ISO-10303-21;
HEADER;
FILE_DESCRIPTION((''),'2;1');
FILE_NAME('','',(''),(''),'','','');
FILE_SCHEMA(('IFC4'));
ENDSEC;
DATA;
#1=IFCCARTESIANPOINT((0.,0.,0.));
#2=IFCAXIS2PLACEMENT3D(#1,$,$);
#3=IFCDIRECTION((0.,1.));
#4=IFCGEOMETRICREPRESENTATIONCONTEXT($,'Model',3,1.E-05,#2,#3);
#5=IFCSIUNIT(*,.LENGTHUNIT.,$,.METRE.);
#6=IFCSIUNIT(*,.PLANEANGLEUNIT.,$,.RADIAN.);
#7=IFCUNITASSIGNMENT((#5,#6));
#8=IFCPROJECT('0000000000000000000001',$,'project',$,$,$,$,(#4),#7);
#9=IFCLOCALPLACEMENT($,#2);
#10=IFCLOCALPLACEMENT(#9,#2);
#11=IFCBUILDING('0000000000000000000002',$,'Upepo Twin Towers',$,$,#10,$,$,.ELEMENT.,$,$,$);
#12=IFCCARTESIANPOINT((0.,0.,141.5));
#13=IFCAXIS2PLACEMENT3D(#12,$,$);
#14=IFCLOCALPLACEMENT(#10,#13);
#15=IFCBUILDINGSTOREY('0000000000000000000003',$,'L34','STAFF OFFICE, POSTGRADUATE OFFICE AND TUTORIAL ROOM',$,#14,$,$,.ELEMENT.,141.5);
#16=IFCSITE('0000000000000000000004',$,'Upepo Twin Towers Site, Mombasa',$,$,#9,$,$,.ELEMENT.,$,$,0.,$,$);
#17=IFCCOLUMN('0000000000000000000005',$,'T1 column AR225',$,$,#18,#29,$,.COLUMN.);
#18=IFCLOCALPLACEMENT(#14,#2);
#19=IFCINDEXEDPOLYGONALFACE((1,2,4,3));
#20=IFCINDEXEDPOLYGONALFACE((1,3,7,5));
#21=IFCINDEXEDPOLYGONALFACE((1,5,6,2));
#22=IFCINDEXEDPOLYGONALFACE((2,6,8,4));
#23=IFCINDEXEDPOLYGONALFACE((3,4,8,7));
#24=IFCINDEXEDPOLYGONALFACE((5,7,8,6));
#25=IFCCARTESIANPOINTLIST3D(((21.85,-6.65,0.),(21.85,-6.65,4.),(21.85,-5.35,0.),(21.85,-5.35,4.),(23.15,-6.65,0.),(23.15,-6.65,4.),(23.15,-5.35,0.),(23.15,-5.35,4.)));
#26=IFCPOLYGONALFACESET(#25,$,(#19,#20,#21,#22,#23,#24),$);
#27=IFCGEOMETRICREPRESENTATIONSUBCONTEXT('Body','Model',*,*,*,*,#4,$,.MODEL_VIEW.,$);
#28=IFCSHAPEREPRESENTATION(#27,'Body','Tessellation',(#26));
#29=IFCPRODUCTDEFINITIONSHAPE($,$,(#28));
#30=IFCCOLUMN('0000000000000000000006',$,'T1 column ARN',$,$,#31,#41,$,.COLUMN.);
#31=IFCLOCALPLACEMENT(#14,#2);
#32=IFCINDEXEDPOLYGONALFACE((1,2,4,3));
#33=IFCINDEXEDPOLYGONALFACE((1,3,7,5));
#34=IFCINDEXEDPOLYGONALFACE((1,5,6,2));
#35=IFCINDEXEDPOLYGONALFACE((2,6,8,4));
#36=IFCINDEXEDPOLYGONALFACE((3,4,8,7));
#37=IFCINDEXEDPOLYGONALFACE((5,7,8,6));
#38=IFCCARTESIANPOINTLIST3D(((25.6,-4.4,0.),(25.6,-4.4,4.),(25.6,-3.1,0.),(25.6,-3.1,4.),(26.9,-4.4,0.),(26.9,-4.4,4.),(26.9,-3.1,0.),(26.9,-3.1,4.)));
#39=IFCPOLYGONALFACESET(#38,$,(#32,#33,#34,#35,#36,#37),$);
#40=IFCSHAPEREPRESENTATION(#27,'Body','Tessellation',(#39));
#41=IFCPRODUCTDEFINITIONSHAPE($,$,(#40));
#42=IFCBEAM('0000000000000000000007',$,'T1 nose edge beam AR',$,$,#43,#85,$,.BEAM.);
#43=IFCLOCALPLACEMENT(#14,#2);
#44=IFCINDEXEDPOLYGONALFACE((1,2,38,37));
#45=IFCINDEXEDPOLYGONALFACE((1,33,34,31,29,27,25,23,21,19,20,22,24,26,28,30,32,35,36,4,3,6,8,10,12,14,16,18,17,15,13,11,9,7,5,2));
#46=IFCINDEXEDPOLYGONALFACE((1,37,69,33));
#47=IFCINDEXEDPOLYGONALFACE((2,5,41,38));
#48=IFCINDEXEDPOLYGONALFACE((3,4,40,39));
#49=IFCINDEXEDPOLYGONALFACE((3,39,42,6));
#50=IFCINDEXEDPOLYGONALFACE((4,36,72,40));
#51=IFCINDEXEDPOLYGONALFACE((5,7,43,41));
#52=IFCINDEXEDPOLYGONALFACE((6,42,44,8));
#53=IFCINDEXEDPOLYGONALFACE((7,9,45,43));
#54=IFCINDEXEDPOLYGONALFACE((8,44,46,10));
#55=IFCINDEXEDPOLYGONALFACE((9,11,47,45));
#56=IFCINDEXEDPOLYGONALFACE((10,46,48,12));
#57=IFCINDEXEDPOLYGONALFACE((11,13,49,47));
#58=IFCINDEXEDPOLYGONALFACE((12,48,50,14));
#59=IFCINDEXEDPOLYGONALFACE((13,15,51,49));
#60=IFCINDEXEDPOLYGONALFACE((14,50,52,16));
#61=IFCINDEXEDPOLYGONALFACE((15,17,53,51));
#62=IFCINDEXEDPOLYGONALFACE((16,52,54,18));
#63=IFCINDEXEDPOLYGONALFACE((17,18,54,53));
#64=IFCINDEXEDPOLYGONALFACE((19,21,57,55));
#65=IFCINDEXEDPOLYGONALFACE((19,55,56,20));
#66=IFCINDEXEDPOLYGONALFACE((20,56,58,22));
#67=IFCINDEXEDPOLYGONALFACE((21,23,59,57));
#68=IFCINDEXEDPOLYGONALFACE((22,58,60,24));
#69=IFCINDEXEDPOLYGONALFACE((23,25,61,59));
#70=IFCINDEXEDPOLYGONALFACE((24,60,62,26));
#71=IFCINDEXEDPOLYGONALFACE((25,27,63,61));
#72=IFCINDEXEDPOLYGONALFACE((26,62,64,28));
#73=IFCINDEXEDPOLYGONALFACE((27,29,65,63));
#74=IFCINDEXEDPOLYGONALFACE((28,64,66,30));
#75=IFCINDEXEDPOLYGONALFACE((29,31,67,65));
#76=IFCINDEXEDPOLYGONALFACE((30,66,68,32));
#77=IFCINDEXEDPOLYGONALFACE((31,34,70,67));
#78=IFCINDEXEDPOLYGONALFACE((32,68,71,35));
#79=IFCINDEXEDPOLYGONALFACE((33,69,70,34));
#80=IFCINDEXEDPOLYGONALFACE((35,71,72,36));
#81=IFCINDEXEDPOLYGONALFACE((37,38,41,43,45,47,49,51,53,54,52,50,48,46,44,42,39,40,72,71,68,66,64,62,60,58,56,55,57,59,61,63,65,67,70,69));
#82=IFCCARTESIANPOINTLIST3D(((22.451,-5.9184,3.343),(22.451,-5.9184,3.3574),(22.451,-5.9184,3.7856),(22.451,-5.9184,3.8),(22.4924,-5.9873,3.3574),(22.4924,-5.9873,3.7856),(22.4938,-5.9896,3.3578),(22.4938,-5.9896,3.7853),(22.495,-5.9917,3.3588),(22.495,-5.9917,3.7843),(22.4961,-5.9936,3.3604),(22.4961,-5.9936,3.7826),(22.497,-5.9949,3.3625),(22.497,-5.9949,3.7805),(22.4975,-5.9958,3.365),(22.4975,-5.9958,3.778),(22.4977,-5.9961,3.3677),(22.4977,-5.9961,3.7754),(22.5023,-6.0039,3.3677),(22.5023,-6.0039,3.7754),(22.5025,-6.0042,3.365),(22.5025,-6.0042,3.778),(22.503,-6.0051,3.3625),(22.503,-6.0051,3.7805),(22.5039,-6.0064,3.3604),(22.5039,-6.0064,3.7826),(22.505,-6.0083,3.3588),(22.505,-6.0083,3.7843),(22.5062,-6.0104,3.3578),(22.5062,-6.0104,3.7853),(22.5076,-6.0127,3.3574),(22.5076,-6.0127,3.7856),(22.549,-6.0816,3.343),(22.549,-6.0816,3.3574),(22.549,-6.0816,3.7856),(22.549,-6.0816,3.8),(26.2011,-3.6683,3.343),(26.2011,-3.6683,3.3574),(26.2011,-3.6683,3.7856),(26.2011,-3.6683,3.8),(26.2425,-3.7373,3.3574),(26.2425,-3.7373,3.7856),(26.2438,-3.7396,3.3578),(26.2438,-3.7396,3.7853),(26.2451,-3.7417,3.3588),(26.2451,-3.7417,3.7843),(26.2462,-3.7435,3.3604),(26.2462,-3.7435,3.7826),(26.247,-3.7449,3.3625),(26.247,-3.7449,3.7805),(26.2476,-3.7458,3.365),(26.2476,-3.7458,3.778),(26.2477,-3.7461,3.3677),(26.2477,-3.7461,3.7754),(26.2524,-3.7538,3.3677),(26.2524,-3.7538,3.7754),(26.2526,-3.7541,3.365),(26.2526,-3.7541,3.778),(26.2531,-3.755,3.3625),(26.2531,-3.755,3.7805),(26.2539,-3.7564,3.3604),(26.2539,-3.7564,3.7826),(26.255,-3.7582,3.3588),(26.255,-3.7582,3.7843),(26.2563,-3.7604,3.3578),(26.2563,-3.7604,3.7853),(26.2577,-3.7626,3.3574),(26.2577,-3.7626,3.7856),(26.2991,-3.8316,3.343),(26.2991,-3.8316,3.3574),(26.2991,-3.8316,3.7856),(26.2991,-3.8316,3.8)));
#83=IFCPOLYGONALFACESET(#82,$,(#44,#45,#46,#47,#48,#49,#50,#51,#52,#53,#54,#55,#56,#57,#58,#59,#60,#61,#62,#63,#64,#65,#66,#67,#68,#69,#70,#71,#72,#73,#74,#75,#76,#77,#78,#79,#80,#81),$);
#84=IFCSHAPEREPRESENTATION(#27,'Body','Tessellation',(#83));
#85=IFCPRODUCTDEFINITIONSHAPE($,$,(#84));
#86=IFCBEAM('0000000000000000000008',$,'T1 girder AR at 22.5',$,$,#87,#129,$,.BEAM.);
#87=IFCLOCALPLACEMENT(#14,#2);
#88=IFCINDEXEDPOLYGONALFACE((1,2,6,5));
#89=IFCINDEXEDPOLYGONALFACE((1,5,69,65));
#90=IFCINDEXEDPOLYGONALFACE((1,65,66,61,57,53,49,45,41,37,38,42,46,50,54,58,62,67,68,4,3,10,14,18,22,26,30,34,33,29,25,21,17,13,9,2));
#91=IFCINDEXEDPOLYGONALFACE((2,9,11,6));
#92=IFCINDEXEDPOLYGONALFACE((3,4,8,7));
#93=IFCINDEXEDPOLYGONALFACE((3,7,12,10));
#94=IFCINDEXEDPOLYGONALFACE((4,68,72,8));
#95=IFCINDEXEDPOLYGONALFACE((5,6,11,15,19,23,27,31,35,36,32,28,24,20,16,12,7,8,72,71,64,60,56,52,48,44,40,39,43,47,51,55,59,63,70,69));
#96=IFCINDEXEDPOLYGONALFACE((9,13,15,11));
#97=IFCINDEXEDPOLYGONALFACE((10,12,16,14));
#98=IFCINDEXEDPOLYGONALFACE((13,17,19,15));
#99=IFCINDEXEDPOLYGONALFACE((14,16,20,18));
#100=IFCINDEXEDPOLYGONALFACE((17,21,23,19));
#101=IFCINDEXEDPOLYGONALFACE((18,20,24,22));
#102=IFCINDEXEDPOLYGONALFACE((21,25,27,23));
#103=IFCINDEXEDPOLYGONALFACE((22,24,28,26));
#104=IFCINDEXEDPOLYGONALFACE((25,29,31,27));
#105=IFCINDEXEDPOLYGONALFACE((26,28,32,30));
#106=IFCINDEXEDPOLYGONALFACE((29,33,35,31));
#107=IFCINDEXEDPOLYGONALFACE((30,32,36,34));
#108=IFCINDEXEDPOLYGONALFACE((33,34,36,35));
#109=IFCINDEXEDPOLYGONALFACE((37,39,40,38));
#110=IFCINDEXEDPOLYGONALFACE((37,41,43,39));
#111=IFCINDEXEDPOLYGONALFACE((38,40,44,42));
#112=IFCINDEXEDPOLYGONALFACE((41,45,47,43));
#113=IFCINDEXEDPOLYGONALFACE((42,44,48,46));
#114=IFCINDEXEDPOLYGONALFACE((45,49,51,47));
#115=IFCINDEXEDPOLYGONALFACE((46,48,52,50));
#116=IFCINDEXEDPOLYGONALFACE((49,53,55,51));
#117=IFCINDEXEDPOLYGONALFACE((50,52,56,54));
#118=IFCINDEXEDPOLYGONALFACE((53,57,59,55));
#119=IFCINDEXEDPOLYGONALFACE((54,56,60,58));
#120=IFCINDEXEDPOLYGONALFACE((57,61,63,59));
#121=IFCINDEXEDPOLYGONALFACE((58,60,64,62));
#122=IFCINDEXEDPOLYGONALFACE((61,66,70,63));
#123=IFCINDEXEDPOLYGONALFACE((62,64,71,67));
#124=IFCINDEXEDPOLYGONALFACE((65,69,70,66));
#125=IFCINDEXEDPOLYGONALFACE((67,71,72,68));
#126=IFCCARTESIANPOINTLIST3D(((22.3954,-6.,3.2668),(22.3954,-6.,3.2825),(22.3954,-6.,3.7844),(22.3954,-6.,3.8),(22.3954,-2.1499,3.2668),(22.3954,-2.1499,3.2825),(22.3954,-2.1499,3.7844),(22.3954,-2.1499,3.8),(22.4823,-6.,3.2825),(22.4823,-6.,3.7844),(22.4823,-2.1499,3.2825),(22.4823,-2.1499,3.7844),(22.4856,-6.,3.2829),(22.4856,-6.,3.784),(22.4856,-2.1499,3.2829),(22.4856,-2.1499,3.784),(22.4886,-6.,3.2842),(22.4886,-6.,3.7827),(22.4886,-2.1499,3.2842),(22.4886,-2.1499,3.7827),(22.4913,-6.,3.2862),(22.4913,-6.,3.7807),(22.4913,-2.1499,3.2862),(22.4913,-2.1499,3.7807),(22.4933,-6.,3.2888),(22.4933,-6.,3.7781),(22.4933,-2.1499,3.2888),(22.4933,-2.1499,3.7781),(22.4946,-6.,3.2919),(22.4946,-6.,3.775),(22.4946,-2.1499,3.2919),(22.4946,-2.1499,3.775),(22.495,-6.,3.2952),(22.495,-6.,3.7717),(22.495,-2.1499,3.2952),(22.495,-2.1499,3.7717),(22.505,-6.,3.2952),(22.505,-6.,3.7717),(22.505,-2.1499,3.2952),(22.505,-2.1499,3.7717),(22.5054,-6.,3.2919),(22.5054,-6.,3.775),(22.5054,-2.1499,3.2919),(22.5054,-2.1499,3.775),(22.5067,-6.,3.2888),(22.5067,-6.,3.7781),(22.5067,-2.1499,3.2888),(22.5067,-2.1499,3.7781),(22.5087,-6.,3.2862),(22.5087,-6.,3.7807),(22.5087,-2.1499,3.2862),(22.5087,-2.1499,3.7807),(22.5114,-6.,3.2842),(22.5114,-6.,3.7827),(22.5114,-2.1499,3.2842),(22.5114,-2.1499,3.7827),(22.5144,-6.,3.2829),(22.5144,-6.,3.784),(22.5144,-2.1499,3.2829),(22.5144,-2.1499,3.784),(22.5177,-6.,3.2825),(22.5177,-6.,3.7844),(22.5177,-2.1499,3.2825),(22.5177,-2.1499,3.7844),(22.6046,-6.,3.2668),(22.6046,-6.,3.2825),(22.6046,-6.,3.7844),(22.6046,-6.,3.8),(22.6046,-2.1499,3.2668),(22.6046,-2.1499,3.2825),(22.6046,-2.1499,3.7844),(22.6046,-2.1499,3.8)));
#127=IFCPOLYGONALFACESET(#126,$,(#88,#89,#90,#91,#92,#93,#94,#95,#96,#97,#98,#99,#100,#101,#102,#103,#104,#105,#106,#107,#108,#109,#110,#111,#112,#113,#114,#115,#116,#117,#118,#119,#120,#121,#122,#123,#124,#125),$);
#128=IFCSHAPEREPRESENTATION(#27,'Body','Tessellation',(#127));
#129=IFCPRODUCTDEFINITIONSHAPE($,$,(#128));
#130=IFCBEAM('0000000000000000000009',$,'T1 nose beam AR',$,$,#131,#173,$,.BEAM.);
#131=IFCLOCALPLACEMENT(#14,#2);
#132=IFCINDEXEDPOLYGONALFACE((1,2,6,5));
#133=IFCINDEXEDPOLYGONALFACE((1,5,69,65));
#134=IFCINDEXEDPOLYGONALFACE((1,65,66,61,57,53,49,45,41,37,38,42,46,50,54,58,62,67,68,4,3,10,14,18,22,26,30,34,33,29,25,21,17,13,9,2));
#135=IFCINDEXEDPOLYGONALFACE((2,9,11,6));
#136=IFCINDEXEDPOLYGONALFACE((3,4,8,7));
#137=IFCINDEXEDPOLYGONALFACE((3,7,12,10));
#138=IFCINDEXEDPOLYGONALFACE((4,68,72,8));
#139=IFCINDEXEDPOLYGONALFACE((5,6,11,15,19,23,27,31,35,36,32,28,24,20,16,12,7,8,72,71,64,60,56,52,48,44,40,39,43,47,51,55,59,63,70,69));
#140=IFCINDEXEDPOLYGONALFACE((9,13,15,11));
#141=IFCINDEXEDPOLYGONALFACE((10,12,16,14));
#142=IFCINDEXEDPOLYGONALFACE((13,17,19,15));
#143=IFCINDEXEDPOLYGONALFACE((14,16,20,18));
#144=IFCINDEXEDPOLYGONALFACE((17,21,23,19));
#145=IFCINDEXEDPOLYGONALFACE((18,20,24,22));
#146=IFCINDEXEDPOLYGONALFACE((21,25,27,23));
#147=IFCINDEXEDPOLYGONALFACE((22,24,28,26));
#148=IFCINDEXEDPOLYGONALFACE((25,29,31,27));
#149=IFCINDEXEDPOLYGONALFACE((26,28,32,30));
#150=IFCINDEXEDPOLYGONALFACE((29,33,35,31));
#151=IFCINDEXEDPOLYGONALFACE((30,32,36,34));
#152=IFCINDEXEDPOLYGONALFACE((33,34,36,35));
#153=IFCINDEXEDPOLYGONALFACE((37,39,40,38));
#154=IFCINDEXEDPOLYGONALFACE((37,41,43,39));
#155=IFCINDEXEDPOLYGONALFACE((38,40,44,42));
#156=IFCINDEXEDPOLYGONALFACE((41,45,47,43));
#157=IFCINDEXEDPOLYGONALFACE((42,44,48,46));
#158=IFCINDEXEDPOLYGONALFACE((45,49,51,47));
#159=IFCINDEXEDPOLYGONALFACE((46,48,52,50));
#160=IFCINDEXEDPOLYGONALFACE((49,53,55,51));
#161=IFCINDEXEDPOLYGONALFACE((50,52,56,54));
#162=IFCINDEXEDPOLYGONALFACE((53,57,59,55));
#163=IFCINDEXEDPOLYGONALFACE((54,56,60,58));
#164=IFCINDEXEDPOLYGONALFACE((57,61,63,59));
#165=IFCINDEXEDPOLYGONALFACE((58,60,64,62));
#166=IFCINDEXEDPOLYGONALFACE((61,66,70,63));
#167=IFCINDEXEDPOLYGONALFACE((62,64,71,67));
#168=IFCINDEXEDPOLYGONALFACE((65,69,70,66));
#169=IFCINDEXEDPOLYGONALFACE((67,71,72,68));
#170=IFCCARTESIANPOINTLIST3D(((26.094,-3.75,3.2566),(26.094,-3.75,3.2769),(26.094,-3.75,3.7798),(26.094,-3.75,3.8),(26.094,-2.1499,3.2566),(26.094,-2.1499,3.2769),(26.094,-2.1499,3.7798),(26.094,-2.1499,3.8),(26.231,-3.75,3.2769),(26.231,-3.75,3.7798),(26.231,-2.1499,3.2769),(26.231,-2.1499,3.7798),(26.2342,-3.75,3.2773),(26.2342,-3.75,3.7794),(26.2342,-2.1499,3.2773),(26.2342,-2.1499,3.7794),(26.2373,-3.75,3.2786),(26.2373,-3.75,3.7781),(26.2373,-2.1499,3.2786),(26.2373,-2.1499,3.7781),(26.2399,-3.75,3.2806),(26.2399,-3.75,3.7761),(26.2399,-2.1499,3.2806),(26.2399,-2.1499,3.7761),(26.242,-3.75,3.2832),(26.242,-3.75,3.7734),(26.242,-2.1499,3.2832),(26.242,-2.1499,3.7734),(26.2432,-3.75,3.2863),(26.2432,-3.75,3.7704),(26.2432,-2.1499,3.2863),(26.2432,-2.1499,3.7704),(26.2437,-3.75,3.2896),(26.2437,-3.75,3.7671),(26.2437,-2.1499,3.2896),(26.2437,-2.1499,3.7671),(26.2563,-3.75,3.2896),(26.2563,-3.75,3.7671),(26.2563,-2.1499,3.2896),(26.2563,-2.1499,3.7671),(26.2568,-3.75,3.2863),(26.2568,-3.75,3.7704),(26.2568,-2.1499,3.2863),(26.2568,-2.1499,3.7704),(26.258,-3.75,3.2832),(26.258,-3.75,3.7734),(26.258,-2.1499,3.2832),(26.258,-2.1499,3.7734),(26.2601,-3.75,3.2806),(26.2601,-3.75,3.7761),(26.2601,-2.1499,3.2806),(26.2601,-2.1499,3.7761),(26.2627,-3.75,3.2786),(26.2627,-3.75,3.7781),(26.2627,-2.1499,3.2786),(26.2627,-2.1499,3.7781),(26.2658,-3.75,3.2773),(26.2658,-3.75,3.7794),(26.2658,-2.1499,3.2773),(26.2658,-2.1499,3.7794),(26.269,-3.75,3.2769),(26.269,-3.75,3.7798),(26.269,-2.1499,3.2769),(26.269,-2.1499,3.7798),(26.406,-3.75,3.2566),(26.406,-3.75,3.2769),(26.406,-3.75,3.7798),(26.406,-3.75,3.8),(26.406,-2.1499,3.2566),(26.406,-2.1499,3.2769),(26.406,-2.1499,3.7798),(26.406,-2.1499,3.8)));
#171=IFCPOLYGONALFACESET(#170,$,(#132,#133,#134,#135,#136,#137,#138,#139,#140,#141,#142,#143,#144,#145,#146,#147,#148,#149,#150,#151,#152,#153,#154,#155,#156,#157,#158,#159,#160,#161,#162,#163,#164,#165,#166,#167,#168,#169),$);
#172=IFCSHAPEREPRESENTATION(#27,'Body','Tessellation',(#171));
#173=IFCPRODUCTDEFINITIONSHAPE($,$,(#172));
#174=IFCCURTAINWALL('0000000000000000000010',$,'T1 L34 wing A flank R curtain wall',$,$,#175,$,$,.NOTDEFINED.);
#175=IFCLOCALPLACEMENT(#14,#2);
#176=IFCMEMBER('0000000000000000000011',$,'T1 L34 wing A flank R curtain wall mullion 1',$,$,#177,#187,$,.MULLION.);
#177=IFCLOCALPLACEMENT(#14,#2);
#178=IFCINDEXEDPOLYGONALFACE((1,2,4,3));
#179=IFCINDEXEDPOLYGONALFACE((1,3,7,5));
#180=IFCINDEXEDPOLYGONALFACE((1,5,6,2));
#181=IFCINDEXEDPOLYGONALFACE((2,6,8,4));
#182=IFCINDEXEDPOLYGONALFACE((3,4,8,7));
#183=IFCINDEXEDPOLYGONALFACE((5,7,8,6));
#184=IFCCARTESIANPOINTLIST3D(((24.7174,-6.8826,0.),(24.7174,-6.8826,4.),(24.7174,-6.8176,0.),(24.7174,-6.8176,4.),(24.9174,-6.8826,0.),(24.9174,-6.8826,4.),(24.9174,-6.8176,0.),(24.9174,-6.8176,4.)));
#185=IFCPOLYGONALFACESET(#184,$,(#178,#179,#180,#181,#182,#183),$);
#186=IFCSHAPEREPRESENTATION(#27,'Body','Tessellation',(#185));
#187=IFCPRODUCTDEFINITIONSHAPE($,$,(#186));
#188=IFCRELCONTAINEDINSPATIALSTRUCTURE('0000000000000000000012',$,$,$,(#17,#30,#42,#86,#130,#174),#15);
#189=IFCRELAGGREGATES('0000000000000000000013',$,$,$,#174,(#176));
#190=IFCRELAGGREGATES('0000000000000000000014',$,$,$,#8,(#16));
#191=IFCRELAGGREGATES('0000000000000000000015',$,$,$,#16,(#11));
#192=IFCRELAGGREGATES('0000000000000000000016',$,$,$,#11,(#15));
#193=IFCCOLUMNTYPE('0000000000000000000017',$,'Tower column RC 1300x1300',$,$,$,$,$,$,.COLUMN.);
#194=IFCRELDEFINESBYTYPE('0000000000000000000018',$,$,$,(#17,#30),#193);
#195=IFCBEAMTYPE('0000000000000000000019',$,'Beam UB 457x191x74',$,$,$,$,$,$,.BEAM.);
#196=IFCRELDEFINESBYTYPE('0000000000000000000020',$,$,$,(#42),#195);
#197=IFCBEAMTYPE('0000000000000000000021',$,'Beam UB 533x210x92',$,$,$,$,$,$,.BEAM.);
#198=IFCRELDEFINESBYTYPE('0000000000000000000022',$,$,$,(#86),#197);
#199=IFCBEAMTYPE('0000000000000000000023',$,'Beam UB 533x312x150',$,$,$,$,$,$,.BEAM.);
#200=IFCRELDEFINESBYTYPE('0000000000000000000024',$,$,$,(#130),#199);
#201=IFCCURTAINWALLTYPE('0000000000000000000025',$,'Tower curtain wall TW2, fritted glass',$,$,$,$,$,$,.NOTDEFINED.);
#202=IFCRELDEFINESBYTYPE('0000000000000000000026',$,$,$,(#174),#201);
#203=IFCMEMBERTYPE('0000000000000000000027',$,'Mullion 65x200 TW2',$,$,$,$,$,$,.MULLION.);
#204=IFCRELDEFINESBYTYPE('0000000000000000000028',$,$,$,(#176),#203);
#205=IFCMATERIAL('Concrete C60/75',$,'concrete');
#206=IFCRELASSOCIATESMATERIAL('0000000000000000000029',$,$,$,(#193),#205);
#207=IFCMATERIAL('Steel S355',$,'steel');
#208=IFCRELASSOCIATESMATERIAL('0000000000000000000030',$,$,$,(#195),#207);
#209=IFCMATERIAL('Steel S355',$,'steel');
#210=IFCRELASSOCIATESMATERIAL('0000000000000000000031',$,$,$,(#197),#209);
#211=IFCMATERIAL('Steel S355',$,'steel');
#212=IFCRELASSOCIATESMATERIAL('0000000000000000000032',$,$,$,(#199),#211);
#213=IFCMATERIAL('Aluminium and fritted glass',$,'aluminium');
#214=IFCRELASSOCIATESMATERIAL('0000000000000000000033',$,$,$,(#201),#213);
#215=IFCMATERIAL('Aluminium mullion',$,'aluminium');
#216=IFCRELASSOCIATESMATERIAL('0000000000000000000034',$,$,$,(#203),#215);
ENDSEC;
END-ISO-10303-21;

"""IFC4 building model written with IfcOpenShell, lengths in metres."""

from ifc_helpers import new_model, si_unit, direction, frame, origin, origin_2d, place, context, subcontext, project, spatial, rectangle, i_section, extrude, material, material_profile, profile_set, type_object, element, aggregate, save


model = new_model("IFC4")

# Units and contexts
model_context = context("Model", 3, precision=1e-05, world=origin(), true_north=direction((0.0, 1.0)))
body_context = subcontext(model_context, "Body", "Model", "MODEL_VIEW")
ifc_project = project(units=[si_unit("LENGTHUNIT", "METRE"), si_unit("PLANEANGLEUNIT", "RADIAN")], contexts=[model_context])

# Site, building, storey
site_placement = place(None, origin())
site = spatial("IfcSite", under=ifc_project, at=site_placement, Name="Upepo Twin Towers Site, Mombasa", CompositionType="ELEMENT", RefElevation=0.0)
building_placement = place(site_placement, origin())
building = spatial("IfcBuilding", under=site, at=building_placement, Name="Upepo Twin Towers", CompositionType="ELEMENT")
storey_placement = place(building_placement, frame((0.0, 0.0, 141.5)))
storey = spatial("IfcBuildingStorey", under=building, at=storey_placement, Name="L34", Description="STAFF OFFICE, POSTGRADUATE OFFICE AND TUTORIAL ROOM", CompositionType="ELEMENT", Elevation=141.5)

# Columns
ifc_material_1 = material(Name="Concrete C60/75", Category="concrete")
ifc_material_profile_1 = material_profile(ifc_material_1, rectangle(XDim=1.3, YDim=1.3, at=origin_2d()), Name="RC 1300x1300")
ifc_profile_set_1 = profile_set([ifc_material_profile_1], Name="Concrete C60/75")
column_type = type_object("IfcColumnType", Name="Tower column RC 1300x1300", PredefinedType="COLUMN", material=ifc_profile_set_1)
for number, where, z_axis, x_axis, name in (
    (1, (22.5, -6.0, 0.0), (0.0, 0.0, 1.0), (1.0, 0.0, 0.0), "T1 column AR225"),
    (2, (26.25, -3.75, 0.0), (0.0, 0.0, 1.0), (1.0, 0.0, 0.0), "T1 column ARN"),
):
    element("IfcColumn", number, at=place(storey_placement, frame(where, z_axis=z_axis, x_axis=x_axis)), inside=storey, type_object=column_type, Name=name, PredefinedType="COLUMN", context=body_context, shape_type="SweptSolid", body=[
        extrude(rectangle(XDim=1.3, YDim=1.3, at=origin_2d()), origin(), (0.0, 0.0, 1.0), 4.0),
    ])

# Beams
ifc_material_2 = material(Name="Steel S355", Category="steel")
ifc_material_profile_2 = material_profile(ifc_material_2, i_section(OverallWidth=0.1904, OverallDepth=0.457, WebThickness=0.009, FlangeThickness=0.0144, FilletRadius=0.0103, at=origin_2d()), Name="UB 457x191x74")
ifc_profile_set_2 = profile_set([ifc_material_profile_2], Name="Steel S355")
beam_type_1 = type_object("IfcBeamType", Name="Beam UB 457x191x74", PredefinedType="BEAM", material=ifc_profile_set_2)
beam_1_placement = place(storey_placement, frame((22.5, -6.0, 3.5715), z_axis=(0.857493, 0.514496, 0.0), x_axis=(-0.514496, 0.857493, 0.0)))
element("IfcBeam", 3, at=beam_1_placement, inside=storey, type_object=beam_type_1, Name="T1 nose edge beam AR", PredefinedType="BEAM", context=body_context, shape_type="SweptSolid", body=[
    extrude(i_section(OverallWidth=0.1904, OverallDepth=0.457, WebThickness=0.009, FlangeThickness=0.0144, FilletRadius=0.0103, at=origin_2d()), origin(), (0.0, 0.0, 1.0), 4.3733),
])
ifc_material_3 = material(Name="Steel S355", Category="steel")
ifc_material_profile_3 = material_profile(ifc_material_3, i_section(OverallWidth=0.2092, OverallDepth=0.5332, WebThickness=0.01, FlangeThickness=0.0156, FilletRadius=0.0127, at=origin_2d()), Name="UB 533x210x92")
ifc_profile_set_3 = profile_set([ifc_material_profile_3], Name="Steel S355")
beam_type_2 = type_object("IfcBeamType", Name="Beam UB 533x210x92", PredefinedType="BEAM", material=ifc_profile_set_3)
beam_2_placement = place(storey_placement, frame((22.5, -6.0, 3.5334), z_axis=(0.0, 1.0, 0.0), x_axis=(-1.0, 0.0, 0.0)))
element("IfcBeam", 4, at=beam_2_placement, inside=storey, type_object=beam_type_2, Name="T1 girder AR at 22.5", PredefinedType="BEAM", context=body_context, shape_type="SweptSolid", body=[
    extrude(i_section(OverallWidth=0.2092, OverallDepth=0.5332, WebThickness=0.01, FlangeThickness=0.0156, FilletRadius=0.0127, at=origin_2d()), origin(), (0.0, 0.0, 1.0), 3.8501),
])
ifc_material_4 = material(Name="Steel S355", Category="steel")
ifc_material_profile_4 = material_profile(ifc_material_4, i_section(OverallWidth=0.312, OverallDepth=0.5435, WebThickness=0.0127, FlangeThickness=0.0203, FilletRadius=0.0127, at=origin_2d()), Name="UB 533x312x150")
ifc_profile_set_4 = profile_set([ifc_material_profile_4], Name="Steel S355")
beam_type_3 = type_object("IfcBeamType", Name="Beam UB 533x312x150", PredefinedType="BEAM", material=ifc_profile_set_4)
beam_3_placement = place(storey_placement, frame((26.25, -3.75, 3.5283), z_axis=(0.0, 1.0, 0.0), x_axis=(-1.0, 0.0, 0.0)))
element("IfcBeam", 5, at=beam_3_placement, inside=storey, type_object=beam_type_3, Name="T1 nose beam AR", PredefinedType="BEAM", context=body_context, shape_type="SweptSolid", body=[
    extrude(i_section(OverallWidth=0.312, OverallDepth=0.5435, WebThickness=0.0127, FlangeThickness=0.0203, FilletRadius=0.0127, at=origin_2d()), origin(), (0.0, 0.0, 1.0), 1.6001),
])

# Curtain wall, member
ifc_material_5 = material(Name="Aluminium and fritted glass", Category="aluminium")
curtain_wall_type = type_object("IfcCurtainWallType", Name="Tower curtain wall TW2, fritted glass", PredefinedType="NOTDEFINED", material=ifc_material_5)
curtain_wall_1_placement = place(storey_placement, origin())
curtain_wall_1 = element("IfcCurtainWall", 6, at=curtain_wall_1_placement, inside=storey, type_object=curtain_wall_type, Name="T1 L34 wing A flank R curtain wall", PredefinedType="NOTDEFINED")
ifc_material_6 = material(Name="Aluminium mullion", Category="aluminium")
ifc_material_profile_5 = material_profile(ifc_material_6, rectangle(XDim=0.0649, YDim=0.2, at=origin_2d()), Name="MULLION 65x200")
ifc_profile_set_5 = profile_set([ifc_material_profile_5], Name="Aluminium mullion")
member_type_1 = type_object("IfcMemberType", Name="Mullion 65x200 TW2", PredefinedType="MULLION", material=ifc_profile_set_5)
member_1_placement = place(storey_placement, frame((24.8174, -6.8501, 0.0), z_axis=(0.0, 0.0, 1.0), x_axis=(0.0, -1.0, 0.0)))
member_1 = element("IfcMember", 7, at=member_1_placement, type_object=member_type_1, Name="T1 L34 wing A flank R curtain wall mullion 1", PredefinedType="MULLION", context=body_context, shape_type="SweptSolid", body=[
    extrude(rectangle(XDim=0.0649, YDim=0.2, at=origin_2d()), origin(), (0.0, 0.0, 1.0), 4.0),
])

aggregate(curtain_wall_1, [member_1])

save(model, "model.ifc")
